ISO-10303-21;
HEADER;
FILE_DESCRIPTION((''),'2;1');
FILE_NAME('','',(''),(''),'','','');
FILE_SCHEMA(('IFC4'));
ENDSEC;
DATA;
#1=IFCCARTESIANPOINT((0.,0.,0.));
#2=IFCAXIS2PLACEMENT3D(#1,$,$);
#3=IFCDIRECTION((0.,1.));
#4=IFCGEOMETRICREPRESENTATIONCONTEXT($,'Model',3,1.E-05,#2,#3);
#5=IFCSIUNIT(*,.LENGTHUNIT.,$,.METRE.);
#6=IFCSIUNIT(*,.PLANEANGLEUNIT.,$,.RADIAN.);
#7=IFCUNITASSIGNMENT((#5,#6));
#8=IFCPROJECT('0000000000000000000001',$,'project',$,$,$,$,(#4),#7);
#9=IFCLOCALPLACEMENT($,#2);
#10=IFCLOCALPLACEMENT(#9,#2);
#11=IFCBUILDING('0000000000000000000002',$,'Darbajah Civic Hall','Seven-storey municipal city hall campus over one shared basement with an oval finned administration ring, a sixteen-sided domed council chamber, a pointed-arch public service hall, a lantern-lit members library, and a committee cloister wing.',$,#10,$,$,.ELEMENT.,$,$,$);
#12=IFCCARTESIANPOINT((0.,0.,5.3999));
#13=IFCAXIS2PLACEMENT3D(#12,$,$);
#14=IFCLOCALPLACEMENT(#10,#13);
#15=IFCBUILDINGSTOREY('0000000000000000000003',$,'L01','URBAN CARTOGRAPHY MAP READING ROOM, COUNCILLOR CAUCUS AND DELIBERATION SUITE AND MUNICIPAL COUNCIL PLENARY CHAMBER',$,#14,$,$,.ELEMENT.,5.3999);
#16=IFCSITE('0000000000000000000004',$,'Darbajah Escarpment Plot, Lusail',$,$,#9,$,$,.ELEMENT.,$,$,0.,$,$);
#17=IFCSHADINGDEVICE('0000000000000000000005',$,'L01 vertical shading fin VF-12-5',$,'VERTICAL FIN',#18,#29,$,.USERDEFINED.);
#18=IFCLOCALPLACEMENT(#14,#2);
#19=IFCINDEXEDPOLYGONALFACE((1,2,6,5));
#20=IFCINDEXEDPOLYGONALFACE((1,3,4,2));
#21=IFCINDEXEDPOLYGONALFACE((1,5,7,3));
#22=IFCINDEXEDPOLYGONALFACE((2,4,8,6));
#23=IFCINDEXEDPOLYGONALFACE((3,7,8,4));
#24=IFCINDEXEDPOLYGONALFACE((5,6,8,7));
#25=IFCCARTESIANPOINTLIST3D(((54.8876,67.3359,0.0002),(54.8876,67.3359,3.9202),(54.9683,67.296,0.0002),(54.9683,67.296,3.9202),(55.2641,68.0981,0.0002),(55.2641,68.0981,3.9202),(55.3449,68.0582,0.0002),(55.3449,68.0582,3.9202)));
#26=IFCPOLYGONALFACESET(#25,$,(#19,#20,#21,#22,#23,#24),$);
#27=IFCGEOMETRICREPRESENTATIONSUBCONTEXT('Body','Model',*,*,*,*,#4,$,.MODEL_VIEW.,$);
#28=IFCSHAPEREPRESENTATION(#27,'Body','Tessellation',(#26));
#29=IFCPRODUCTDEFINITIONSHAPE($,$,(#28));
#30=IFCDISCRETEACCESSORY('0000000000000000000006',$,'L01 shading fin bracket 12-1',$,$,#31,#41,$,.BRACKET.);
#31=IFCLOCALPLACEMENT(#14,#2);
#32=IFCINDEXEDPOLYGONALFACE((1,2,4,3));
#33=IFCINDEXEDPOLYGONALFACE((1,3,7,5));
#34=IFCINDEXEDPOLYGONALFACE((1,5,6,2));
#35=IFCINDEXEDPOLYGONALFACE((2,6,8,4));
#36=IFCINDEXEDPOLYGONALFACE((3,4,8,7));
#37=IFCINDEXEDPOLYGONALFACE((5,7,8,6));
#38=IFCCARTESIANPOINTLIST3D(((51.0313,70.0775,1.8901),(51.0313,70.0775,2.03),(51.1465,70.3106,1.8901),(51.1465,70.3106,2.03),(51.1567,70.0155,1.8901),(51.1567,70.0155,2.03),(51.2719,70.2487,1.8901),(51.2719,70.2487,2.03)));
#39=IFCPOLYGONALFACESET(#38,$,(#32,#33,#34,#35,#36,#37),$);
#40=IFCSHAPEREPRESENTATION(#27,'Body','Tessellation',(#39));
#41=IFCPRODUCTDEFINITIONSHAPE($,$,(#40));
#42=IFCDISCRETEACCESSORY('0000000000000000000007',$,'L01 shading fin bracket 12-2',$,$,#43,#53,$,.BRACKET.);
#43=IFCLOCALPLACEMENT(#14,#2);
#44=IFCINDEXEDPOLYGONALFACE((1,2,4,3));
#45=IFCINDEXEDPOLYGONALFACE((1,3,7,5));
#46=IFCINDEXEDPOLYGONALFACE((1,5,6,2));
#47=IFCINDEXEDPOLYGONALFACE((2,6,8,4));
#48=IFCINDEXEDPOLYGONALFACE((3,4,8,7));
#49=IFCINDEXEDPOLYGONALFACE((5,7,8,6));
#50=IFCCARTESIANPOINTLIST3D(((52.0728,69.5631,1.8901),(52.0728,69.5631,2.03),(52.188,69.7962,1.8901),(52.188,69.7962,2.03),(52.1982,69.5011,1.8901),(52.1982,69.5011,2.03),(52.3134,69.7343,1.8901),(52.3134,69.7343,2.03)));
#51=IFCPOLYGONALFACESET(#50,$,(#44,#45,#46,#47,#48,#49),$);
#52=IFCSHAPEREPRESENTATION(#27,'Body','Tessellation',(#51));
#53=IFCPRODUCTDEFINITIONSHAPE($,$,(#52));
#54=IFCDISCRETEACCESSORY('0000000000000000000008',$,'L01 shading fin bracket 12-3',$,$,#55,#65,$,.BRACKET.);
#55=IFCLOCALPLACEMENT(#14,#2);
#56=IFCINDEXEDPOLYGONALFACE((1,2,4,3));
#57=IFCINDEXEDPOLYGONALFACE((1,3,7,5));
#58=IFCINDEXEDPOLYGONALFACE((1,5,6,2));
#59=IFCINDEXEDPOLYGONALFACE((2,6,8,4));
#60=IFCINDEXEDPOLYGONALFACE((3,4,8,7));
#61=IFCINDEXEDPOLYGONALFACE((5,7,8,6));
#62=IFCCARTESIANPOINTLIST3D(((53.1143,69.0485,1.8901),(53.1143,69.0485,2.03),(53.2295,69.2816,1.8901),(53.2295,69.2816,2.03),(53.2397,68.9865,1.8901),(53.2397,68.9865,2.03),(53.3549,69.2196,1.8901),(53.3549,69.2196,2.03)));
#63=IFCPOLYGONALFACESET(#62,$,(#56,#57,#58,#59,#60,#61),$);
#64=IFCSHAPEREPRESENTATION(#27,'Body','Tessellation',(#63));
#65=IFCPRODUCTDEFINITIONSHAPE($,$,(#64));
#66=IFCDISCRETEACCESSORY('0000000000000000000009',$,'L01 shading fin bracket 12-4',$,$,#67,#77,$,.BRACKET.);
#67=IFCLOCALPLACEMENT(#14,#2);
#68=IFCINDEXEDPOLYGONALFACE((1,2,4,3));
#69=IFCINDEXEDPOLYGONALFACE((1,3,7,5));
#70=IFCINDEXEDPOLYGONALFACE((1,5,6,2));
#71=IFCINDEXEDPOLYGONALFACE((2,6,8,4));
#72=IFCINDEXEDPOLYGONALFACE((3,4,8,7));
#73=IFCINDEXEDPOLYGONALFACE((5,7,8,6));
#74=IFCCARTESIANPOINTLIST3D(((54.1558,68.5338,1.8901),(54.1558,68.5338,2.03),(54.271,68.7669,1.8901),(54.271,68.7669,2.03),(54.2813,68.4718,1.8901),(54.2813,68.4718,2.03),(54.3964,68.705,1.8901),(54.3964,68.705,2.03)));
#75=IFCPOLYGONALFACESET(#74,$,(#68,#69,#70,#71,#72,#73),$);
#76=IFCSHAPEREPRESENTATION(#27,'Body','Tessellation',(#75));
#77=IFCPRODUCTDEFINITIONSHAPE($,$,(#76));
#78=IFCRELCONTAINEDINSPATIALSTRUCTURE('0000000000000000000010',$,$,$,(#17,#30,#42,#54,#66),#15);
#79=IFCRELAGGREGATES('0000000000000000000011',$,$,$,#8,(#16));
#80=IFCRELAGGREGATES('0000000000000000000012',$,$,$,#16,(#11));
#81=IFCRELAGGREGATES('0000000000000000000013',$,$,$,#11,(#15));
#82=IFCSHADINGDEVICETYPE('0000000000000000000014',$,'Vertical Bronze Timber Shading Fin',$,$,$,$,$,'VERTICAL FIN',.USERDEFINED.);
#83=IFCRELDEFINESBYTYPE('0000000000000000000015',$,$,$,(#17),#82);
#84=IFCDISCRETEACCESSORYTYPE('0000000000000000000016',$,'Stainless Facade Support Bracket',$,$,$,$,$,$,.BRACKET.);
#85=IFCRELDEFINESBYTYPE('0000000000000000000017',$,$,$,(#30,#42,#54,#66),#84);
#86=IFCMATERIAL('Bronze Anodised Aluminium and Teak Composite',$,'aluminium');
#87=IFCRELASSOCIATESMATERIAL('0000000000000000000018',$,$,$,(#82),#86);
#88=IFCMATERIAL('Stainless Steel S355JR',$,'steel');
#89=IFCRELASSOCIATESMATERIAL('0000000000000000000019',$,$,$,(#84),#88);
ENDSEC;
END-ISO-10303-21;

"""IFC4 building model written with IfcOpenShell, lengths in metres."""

from ifc_helpers import new_model, si_unit, direction, frame, origin, origin_2d, place, context, subcontext, project, spatial, rectangle, extrude, material, type_object, element, save


model = new_model("IFC4")

# Units and contexts
model_context = context("Model", 3, precision=1e-05, world=origin(), true_north=direction((0.0, 1.0)))
body_context = subcontext(model_context, "Body", "Model", "MODEL_VIEW")
ifc_project = project(units=[si_unit("LENGTHUNIT", "METRE"), si_unit("PLANEANGLEUNIT", "RADIAN")], contexts=[model_context])

# Site, building, storey
site_placement = place(None, origin())
site = spatial("IfcSite", under=ifc_project, at=site_placement, Name="Darbajah Escarpment Plot, Lusail", CompositionType="ELEMENT", RefElevation=0.0)
building_placement = place(site_placement, origin())
building = spatial("IfcBuilding", under=site, at=building_placement, Name="Darbajah Civic Hall", Description="Seven-storey municipal city hall campus over one shared basement with an oval finned administration ring, a sixteen-sided domed council chamber, a pointed-arch public service hall, a lantern-lit members library, and a committee cloister wing.", CompositionType="ELEMENT")
storey_placement = place(building_placement, frame((0.0, 0.0, 5.3999)))
storey = spatial("IfcBuildingStorey", under=building, at=storey_placement, Name="L01", Description="URBAN CARTOGRAPHY MAP READING ROOM, COUNCILLOR CAUCUS AND DELIBERATION SUITE AND MUNICIPAL COUNCIL PLENARY CHAMBER", CompositionType="ELEMENT", Elevation=5.3999)

# Shading device
ifc_material_1 = material(Name="Bronze Anodised Aluminium and Teak Composite", Category="aluminium")
shading_device_type = type_object("IfcShadingDeviceType", Name="Vertical Bronze Timber Shading Fin", ElementType="VERTICAL FIN", PredefinedType="USERDEFINED", material=ifc_material_1)
for number, where, z_axis, x_axis, name in (
    (1, (55.1162, 67.697, 0.0002), (0.0, 0.0, 1.0), (-0.442915, -0.896564, 0.0), "L01 vertical shading fin VF-12-5"),
):
    element("IfcShadingDevice", number, at=place(storey_placement, frame(where, z_axis=z_axis, x_axis=x_axis)), inside=storey, type_object=shading_device_type, Name=name, ObjectType="VERTICAL FIN", PredefinedType="USERDEFINED", context=body_context, shape_type="SweptSolid", body=[
        extrude(rectangle(XDim=0.8501, YDim=0.0901, at=origin_2d()), origin(), (0.0, 0.0, 1.0), 3.9199),
    ])

# Discrete accessories
ifc_material_2 = material(Name="Stainless Steel S355JR", Category="steel")
discrete_accessory_type = type_object("IfcDiscreteAccessoryType", Name="Stainless Facade Support Bracket", PredefinedType="BRACKET", material=ifc_material_2)
for number, where, z_axis, x_axis, name in (
    (2, (51.1516, 70.1631, 1.8901), (0.0, 0.0, 1.0), (-0.442915, -0.896564, 0.0), "L01 shading fin bracket 12-1"),
    (3, (52.1931, 69.6487, 1.8901), (0.0, 0.0, 1.0), (-0.442915, -0.896564, 0.0), "L01 shading fin bracket 12-2"),
    (4, (53.2346, 69.134, 1.8901), (0.0, 0.0, 1.0), (-0.442915, -0.896564, 0.0), "L01 shading fin bracket 12-3"),
    (5, (54.2761, 68.6194, 1.8901), (0.0, 0.0, 1.0), (-0.442915, -0.896564, 0.0), "L01 shading fin bracket 12-4"),
):
    element("IfcDiscreteAccessory", number, at=place(storey_placement, frame(where, z_axis=z_axis, x_axis=x_axis)), inside=storey, type_object=discrete_accessory_type, Name=name, PredefinedType="BRACKET", context=body_context, shape_type="SweptSolid", body=[
        extrude(rectangle(XDim=0.26, YDim=0.1399, at=origin_2d()), origin(), (0.0, 0.0, 1.0), 0.1399),
    ])

save(model, "model.ifc")
